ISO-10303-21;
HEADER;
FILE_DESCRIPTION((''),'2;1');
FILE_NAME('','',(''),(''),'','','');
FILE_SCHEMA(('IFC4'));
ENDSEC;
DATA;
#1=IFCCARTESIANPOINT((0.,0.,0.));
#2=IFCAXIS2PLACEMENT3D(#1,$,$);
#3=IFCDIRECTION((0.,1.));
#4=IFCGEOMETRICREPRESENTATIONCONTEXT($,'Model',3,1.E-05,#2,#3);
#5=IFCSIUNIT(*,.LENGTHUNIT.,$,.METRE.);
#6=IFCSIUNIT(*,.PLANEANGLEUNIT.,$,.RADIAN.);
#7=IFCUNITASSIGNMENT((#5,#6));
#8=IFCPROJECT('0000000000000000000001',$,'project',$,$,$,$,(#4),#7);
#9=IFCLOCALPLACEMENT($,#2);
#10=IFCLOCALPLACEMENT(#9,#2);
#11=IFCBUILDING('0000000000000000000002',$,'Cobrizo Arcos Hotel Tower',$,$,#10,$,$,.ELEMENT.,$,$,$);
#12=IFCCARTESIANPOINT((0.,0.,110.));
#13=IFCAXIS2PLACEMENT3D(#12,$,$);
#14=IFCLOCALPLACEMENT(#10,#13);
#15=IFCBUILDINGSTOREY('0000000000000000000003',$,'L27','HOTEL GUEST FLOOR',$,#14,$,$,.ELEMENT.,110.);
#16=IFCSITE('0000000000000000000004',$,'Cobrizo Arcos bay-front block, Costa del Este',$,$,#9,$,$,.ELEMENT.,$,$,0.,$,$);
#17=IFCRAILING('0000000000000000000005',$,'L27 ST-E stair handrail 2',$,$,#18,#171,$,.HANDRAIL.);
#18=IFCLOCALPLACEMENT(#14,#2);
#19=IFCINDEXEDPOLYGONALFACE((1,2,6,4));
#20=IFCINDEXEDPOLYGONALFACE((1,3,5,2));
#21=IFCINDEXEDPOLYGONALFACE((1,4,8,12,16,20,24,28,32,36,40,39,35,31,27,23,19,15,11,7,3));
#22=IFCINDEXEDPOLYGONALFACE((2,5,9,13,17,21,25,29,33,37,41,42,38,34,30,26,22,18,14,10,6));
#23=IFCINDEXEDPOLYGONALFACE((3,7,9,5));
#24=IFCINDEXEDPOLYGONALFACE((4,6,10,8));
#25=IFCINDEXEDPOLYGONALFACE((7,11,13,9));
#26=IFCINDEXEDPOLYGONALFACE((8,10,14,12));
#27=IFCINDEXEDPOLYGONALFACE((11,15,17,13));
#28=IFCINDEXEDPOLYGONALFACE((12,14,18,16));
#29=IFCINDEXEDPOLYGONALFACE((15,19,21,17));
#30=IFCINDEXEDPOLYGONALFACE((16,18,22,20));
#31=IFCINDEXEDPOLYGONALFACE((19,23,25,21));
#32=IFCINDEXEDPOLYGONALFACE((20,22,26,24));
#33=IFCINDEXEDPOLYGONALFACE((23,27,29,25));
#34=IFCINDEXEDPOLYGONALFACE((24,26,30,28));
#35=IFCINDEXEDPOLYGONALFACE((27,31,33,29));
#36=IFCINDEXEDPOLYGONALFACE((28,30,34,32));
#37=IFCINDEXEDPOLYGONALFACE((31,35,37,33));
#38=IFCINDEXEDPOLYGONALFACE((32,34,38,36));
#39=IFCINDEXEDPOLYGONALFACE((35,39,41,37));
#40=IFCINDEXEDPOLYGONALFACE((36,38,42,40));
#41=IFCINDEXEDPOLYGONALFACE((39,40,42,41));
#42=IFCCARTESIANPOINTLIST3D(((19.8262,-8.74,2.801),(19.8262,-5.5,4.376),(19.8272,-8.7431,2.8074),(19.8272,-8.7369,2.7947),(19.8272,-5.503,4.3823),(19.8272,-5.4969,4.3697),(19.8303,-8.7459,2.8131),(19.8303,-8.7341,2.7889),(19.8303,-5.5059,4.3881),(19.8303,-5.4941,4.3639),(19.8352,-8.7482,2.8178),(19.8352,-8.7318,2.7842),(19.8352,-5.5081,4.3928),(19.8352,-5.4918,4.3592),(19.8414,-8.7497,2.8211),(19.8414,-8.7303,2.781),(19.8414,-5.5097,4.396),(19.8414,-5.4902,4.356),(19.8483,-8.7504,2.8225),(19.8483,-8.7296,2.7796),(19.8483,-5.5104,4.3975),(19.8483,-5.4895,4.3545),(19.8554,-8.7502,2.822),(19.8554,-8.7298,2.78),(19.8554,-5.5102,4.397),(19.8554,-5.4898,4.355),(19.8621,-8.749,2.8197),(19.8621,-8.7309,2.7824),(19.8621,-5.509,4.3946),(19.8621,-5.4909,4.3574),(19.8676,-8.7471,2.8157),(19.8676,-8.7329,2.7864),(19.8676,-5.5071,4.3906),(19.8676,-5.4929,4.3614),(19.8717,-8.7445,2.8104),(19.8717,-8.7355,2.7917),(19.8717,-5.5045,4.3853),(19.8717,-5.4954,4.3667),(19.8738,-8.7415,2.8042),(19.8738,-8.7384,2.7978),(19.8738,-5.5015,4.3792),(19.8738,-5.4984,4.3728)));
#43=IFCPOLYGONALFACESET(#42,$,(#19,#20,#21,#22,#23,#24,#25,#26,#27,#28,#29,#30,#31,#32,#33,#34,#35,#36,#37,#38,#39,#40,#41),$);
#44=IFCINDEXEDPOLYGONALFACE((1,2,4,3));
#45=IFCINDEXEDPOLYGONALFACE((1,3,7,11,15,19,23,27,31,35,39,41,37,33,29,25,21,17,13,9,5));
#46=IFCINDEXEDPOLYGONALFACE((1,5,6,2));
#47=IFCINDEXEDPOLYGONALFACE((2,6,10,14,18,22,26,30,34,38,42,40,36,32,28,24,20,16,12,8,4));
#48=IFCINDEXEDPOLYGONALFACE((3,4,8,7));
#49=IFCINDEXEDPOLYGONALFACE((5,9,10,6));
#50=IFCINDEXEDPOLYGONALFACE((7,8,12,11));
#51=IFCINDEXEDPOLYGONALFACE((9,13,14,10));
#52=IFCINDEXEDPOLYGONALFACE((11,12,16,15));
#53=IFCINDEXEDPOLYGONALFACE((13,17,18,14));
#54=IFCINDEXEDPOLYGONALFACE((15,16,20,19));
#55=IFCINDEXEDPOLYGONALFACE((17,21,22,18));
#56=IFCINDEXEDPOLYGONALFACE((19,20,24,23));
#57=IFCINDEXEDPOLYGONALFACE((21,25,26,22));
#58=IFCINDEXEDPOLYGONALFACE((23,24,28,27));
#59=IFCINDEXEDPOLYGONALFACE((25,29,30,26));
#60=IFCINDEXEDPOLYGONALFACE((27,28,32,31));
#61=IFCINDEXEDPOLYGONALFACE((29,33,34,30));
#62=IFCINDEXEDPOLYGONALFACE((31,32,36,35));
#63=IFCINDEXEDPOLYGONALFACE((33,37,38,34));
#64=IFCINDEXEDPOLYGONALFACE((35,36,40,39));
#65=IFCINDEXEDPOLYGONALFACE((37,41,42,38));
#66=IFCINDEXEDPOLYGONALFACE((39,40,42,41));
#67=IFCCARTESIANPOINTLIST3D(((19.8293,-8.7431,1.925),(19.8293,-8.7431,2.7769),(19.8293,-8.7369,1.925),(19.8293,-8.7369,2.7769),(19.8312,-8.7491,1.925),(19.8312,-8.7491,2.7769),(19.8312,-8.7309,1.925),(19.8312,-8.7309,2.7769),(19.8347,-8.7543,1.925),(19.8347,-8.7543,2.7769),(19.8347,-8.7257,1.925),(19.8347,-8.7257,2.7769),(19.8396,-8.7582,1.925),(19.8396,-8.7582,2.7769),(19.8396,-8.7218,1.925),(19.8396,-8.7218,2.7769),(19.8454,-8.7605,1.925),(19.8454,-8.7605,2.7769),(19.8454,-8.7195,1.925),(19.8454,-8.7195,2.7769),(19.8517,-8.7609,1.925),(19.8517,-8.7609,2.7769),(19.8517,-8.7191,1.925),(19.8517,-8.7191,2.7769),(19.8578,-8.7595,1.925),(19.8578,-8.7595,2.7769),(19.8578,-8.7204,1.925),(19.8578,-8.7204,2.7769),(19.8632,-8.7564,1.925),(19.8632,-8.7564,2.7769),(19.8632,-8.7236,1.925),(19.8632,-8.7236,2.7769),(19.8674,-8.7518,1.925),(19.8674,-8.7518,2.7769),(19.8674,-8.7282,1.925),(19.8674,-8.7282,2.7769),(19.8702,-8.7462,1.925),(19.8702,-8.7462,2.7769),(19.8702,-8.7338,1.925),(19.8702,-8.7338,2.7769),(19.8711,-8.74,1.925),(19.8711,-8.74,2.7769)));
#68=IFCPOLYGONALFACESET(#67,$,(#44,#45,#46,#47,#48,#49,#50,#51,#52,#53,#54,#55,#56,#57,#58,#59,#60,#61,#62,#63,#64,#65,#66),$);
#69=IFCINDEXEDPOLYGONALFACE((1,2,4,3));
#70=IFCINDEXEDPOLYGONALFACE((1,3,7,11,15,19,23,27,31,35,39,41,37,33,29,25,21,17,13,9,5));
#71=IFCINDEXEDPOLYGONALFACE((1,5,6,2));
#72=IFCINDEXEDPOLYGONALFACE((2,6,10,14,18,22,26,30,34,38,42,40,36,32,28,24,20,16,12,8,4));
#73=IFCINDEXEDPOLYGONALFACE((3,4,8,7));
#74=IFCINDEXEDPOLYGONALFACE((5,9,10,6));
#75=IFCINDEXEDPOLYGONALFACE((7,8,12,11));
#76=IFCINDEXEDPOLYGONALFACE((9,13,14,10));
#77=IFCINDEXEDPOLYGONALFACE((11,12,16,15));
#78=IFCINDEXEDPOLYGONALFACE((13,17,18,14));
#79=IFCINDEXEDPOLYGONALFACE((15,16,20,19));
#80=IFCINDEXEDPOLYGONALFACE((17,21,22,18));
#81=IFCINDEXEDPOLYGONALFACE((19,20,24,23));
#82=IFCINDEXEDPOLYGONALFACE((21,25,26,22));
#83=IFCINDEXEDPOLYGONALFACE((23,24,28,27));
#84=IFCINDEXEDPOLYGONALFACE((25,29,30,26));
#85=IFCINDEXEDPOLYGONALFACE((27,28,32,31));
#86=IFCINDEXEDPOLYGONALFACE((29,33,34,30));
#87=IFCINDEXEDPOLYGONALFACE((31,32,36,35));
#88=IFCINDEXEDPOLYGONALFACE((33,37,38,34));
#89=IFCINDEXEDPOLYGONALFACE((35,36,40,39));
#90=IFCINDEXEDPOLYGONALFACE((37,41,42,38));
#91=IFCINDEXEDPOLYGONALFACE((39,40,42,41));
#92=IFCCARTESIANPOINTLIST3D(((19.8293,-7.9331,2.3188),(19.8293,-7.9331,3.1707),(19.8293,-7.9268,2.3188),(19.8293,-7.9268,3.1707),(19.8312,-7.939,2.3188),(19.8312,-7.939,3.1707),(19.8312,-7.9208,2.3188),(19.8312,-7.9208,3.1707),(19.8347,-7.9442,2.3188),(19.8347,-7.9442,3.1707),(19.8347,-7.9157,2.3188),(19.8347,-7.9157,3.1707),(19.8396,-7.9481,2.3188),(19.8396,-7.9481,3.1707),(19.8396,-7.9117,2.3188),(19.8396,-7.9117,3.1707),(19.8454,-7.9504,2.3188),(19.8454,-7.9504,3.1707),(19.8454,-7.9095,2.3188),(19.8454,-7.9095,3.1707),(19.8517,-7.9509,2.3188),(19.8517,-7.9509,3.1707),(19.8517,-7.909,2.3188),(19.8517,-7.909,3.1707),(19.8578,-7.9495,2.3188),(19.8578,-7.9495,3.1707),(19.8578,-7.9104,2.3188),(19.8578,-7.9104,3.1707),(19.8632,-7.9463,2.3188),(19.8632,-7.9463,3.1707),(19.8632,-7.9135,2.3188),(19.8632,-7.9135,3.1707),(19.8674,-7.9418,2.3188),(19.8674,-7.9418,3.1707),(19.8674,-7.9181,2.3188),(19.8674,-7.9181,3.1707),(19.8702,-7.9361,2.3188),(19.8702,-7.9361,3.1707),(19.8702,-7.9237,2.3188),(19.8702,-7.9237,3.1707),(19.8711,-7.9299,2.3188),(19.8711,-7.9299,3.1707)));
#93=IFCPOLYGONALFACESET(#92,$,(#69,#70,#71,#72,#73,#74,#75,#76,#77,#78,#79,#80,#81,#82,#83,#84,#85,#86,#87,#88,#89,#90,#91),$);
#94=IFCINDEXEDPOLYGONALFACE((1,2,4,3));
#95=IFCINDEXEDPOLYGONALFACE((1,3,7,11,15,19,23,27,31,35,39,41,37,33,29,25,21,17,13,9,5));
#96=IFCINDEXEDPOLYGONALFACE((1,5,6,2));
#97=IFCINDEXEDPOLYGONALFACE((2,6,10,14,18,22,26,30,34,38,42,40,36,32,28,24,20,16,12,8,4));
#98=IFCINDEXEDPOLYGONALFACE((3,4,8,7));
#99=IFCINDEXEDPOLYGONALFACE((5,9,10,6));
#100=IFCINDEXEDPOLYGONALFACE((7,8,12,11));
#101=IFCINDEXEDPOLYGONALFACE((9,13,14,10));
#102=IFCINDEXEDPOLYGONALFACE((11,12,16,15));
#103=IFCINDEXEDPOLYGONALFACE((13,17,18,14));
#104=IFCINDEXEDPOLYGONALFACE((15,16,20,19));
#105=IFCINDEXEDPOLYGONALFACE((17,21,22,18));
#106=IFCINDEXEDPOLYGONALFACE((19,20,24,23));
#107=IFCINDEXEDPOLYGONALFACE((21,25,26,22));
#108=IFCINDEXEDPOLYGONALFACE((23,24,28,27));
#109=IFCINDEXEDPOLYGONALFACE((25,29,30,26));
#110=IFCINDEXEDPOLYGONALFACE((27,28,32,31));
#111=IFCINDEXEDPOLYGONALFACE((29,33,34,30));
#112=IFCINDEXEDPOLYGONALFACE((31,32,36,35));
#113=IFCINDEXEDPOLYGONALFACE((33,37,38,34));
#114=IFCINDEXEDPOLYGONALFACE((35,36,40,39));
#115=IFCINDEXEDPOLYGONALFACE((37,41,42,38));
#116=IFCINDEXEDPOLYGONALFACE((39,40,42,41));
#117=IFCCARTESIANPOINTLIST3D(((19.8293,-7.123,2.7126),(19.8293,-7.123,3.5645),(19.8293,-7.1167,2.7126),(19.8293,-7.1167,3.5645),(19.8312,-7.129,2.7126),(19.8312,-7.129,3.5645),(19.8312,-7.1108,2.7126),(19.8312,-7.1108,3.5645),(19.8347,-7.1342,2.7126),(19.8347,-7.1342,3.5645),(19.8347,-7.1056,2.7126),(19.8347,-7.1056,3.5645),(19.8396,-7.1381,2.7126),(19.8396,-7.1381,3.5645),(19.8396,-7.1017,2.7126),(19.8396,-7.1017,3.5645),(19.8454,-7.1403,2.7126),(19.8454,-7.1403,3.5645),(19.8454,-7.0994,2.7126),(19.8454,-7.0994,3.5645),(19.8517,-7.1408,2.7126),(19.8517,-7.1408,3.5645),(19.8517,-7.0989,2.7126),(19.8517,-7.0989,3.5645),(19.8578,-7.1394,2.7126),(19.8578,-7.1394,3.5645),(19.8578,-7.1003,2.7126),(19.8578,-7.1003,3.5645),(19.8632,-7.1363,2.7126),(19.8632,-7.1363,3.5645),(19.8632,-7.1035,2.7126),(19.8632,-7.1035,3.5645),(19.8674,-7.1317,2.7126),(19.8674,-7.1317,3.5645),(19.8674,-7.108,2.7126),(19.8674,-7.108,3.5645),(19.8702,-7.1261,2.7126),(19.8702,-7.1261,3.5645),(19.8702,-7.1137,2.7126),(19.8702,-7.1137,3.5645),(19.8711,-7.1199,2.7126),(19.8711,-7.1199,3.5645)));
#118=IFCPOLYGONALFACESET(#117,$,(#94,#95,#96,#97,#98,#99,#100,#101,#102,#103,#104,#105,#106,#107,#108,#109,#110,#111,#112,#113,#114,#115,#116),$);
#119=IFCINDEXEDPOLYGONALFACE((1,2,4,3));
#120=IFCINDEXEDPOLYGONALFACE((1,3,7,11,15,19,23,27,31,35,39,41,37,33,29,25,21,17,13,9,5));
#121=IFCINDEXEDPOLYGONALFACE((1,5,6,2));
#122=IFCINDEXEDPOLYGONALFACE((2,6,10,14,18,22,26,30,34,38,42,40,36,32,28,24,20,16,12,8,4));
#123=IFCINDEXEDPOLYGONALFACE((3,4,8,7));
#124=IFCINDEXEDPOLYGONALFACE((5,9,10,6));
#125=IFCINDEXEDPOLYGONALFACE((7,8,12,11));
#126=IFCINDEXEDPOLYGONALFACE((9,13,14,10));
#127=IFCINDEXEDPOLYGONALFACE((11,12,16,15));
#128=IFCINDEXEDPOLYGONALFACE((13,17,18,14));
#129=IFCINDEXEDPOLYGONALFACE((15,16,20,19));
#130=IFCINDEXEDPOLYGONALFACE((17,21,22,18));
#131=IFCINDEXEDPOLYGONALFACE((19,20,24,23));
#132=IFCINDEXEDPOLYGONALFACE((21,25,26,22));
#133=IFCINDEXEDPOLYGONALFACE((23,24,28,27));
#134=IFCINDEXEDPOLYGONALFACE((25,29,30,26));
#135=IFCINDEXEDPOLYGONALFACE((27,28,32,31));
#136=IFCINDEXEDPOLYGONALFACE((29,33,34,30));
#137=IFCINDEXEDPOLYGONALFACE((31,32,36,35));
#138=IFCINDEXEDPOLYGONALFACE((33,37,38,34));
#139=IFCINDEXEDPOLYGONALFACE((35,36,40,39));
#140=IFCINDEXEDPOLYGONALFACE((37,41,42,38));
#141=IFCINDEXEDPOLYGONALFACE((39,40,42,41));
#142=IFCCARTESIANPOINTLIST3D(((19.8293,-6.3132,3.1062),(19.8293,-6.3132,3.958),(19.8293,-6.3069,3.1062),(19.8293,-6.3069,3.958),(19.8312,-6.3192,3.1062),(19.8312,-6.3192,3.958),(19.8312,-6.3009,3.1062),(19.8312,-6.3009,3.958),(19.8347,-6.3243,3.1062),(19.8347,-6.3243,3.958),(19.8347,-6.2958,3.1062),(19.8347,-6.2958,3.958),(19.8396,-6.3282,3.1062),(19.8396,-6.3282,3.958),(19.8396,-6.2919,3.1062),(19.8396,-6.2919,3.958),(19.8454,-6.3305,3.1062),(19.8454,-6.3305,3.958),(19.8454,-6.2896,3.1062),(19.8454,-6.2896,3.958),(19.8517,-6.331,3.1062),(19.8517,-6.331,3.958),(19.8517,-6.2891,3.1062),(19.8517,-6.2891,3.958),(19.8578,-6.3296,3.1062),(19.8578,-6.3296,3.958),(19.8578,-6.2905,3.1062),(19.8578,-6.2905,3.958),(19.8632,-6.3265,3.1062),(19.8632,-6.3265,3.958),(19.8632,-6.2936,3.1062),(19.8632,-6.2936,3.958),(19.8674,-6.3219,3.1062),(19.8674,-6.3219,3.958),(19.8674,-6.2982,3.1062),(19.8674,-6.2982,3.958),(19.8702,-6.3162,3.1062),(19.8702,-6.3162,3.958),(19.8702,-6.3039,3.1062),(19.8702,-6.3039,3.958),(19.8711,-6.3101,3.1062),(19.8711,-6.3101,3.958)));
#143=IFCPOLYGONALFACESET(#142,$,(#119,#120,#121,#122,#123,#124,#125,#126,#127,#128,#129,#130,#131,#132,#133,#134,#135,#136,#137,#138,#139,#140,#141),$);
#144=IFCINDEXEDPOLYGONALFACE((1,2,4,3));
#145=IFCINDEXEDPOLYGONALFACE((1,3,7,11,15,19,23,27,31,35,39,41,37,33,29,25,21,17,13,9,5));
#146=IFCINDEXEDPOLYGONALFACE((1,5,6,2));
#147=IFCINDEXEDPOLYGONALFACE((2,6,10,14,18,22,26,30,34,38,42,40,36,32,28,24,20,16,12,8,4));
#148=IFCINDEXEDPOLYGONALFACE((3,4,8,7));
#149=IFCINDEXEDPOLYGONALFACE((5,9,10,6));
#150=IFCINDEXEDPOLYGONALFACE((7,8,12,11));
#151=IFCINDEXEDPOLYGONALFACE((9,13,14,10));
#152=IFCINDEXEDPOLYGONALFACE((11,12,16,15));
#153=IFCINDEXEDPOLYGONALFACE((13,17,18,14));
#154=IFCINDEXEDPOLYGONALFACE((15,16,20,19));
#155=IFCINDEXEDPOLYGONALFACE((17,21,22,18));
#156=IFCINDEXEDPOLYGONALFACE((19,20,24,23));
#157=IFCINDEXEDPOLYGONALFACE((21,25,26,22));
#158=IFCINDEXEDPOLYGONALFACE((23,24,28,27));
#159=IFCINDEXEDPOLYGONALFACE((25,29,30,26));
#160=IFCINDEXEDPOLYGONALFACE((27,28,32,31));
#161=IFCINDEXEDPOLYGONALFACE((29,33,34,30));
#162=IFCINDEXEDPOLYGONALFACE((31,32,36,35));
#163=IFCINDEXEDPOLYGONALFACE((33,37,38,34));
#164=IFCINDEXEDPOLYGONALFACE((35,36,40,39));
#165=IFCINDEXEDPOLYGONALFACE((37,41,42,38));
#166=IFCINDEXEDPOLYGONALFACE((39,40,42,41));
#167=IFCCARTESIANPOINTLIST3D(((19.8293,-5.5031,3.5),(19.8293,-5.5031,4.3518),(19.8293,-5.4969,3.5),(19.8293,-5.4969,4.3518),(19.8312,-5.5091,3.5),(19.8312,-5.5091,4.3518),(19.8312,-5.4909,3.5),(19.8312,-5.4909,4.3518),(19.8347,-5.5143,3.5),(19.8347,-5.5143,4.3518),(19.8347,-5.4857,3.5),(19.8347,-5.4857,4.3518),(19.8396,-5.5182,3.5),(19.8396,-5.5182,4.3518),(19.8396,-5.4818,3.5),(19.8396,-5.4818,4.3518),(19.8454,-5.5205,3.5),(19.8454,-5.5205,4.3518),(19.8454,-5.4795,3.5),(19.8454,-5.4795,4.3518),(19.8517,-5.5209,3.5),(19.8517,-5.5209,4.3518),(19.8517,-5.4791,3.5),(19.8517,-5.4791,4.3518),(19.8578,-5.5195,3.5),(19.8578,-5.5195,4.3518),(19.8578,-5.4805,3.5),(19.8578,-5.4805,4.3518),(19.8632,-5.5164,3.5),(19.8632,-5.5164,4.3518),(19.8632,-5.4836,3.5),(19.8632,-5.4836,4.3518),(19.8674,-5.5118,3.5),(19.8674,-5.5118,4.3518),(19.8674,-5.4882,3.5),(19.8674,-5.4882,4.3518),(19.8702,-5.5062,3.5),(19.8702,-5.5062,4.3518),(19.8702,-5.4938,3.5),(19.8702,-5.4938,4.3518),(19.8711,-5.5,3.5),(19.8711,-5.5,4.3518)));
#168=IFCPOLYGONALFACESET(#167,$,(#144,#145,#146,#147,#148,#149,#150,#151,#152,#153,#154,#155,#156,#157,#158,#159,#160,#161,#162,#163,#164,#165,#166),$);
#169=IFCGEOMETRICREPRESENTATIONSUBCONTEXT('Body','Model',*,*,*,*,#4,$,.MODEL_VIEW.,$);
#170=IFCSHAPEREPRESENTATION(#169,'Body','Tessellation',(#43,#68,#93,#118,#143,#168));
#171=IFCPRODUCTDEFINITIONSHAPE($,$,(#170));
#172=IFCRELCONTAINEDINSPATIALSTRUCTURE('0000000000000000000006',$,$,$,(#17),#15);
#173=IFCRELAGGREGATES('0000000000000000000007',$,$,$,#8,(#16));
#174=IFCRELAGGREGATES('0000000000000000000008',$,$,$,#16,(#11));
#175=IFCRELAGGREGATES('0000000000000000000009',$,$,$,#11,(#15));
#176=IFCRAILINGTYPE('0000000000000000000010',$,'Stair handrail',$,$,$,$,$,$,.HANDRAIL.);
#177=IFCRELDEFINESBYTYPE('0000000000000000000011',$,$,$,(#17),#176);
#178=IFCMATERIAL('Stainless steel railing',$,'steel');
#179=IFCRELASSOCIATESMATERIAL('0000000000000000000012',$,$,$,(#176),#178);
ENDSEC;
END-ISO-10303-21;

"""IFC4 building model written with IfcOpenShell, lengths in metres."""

from ifc_helpers import new_model, si_unit, direction, frame, origin, origin_2d, place, context, subcontext, project, spatial, circle, extrude, material, type_object, element, save


model = new_model("IFC4")

# Units and contexts
model_context = context("Model", 3, precision=1e-05, world=origin(), true_north=direction((0.0, 1.0)))
body_context = subcontext(model_context, "Body", "Model", "MODEL_VIEW")
ifc_project = project(units=[si_unit("LENGTHUNIT", "METRE"), si_unit("PLANEANGLEUNIT", "RADIAN")], contexts=[model_context])

# Site, building, storey
site_placement = place(None, origin())
site = spatial("IfcSite", under=ifc_project, at=site_placement, Name="Cobrizo Arcos bay-front block, Costa del Este", CompositionType="ELEMENT", RefElevation=0.0)
building_placement = place(site_placement, origin())
building = spatial("IfcBuilding", under=site, at=building_placement, Name="Cobrizo Arcos Hotel Tower", CompositionType="ELEMENT")
storey_placement = place(building_placement, frame((0.0, 0.0, 110.0)))
storey = spatial("IfcBuildingStorey", under=building, at=storey_placement, Name="L27", Description="HOTEL GUEST FLOOR", CompositionType="ELEMENT", Elevation=110.0)

# Railing
ifc_material_1 = material(Name="Stainless steel railing", Category="steel")
railing_type_1 = type_object("IfcRailingType", Name="Stair handrail", PredefinedType="HANDRAIL", material=ifc_material_1)
railing_1_placement = place(storey_placement, frame((19.8501, -8.74, 1.925)))
element("IfcRailing", 1, at=railing_1_placement, inside=storey, type_object=railing_type_1, Name="L27 ST-E stair handrail 2", PredefinedType="HANDRAIL", context=body_context, shape_type="SweptSolid", body=[
    extrude(circle(Radius=0.0239, at=origin_2d()), frame((0.0, 0.0, 0.876), z_axis=(0.0, 0.899373, 0.437183), x_axis=(-1.0, 0.0, 0.0)), (0.0, 0.0, 1.0), 3.6025),
    extrude(circle(Radius=0.021, at=origin_2d()), origin(), (0.0, 0.0, 1.0), 0.8518),
    extrude(circle(Radius=0.021, at=origin_2d()), frame((0.0, 0.8101, 0.3938)), (0.0, 0.0, 1.0), 0.8518),
    extrude(circle(Radius=0.021, at=origin_2d()), frame((0.0, 1.6201, 0.7876)), (0.0, 0.0, 1.0), 0.8518),
    extrude(circle(Radius=0.021, at=origin_2d()), frame((0.0, 2.4299, 1.1812)), (0.0, 0.0, 1.0), 0.8518),
    extrude(circle(Radius=0.021, at=origin_2d()), frame((0.0, 3.24, 1.575)), (0.0, 0.0, 1.0), 0.8518),
])

save(model, "model.ifc")
